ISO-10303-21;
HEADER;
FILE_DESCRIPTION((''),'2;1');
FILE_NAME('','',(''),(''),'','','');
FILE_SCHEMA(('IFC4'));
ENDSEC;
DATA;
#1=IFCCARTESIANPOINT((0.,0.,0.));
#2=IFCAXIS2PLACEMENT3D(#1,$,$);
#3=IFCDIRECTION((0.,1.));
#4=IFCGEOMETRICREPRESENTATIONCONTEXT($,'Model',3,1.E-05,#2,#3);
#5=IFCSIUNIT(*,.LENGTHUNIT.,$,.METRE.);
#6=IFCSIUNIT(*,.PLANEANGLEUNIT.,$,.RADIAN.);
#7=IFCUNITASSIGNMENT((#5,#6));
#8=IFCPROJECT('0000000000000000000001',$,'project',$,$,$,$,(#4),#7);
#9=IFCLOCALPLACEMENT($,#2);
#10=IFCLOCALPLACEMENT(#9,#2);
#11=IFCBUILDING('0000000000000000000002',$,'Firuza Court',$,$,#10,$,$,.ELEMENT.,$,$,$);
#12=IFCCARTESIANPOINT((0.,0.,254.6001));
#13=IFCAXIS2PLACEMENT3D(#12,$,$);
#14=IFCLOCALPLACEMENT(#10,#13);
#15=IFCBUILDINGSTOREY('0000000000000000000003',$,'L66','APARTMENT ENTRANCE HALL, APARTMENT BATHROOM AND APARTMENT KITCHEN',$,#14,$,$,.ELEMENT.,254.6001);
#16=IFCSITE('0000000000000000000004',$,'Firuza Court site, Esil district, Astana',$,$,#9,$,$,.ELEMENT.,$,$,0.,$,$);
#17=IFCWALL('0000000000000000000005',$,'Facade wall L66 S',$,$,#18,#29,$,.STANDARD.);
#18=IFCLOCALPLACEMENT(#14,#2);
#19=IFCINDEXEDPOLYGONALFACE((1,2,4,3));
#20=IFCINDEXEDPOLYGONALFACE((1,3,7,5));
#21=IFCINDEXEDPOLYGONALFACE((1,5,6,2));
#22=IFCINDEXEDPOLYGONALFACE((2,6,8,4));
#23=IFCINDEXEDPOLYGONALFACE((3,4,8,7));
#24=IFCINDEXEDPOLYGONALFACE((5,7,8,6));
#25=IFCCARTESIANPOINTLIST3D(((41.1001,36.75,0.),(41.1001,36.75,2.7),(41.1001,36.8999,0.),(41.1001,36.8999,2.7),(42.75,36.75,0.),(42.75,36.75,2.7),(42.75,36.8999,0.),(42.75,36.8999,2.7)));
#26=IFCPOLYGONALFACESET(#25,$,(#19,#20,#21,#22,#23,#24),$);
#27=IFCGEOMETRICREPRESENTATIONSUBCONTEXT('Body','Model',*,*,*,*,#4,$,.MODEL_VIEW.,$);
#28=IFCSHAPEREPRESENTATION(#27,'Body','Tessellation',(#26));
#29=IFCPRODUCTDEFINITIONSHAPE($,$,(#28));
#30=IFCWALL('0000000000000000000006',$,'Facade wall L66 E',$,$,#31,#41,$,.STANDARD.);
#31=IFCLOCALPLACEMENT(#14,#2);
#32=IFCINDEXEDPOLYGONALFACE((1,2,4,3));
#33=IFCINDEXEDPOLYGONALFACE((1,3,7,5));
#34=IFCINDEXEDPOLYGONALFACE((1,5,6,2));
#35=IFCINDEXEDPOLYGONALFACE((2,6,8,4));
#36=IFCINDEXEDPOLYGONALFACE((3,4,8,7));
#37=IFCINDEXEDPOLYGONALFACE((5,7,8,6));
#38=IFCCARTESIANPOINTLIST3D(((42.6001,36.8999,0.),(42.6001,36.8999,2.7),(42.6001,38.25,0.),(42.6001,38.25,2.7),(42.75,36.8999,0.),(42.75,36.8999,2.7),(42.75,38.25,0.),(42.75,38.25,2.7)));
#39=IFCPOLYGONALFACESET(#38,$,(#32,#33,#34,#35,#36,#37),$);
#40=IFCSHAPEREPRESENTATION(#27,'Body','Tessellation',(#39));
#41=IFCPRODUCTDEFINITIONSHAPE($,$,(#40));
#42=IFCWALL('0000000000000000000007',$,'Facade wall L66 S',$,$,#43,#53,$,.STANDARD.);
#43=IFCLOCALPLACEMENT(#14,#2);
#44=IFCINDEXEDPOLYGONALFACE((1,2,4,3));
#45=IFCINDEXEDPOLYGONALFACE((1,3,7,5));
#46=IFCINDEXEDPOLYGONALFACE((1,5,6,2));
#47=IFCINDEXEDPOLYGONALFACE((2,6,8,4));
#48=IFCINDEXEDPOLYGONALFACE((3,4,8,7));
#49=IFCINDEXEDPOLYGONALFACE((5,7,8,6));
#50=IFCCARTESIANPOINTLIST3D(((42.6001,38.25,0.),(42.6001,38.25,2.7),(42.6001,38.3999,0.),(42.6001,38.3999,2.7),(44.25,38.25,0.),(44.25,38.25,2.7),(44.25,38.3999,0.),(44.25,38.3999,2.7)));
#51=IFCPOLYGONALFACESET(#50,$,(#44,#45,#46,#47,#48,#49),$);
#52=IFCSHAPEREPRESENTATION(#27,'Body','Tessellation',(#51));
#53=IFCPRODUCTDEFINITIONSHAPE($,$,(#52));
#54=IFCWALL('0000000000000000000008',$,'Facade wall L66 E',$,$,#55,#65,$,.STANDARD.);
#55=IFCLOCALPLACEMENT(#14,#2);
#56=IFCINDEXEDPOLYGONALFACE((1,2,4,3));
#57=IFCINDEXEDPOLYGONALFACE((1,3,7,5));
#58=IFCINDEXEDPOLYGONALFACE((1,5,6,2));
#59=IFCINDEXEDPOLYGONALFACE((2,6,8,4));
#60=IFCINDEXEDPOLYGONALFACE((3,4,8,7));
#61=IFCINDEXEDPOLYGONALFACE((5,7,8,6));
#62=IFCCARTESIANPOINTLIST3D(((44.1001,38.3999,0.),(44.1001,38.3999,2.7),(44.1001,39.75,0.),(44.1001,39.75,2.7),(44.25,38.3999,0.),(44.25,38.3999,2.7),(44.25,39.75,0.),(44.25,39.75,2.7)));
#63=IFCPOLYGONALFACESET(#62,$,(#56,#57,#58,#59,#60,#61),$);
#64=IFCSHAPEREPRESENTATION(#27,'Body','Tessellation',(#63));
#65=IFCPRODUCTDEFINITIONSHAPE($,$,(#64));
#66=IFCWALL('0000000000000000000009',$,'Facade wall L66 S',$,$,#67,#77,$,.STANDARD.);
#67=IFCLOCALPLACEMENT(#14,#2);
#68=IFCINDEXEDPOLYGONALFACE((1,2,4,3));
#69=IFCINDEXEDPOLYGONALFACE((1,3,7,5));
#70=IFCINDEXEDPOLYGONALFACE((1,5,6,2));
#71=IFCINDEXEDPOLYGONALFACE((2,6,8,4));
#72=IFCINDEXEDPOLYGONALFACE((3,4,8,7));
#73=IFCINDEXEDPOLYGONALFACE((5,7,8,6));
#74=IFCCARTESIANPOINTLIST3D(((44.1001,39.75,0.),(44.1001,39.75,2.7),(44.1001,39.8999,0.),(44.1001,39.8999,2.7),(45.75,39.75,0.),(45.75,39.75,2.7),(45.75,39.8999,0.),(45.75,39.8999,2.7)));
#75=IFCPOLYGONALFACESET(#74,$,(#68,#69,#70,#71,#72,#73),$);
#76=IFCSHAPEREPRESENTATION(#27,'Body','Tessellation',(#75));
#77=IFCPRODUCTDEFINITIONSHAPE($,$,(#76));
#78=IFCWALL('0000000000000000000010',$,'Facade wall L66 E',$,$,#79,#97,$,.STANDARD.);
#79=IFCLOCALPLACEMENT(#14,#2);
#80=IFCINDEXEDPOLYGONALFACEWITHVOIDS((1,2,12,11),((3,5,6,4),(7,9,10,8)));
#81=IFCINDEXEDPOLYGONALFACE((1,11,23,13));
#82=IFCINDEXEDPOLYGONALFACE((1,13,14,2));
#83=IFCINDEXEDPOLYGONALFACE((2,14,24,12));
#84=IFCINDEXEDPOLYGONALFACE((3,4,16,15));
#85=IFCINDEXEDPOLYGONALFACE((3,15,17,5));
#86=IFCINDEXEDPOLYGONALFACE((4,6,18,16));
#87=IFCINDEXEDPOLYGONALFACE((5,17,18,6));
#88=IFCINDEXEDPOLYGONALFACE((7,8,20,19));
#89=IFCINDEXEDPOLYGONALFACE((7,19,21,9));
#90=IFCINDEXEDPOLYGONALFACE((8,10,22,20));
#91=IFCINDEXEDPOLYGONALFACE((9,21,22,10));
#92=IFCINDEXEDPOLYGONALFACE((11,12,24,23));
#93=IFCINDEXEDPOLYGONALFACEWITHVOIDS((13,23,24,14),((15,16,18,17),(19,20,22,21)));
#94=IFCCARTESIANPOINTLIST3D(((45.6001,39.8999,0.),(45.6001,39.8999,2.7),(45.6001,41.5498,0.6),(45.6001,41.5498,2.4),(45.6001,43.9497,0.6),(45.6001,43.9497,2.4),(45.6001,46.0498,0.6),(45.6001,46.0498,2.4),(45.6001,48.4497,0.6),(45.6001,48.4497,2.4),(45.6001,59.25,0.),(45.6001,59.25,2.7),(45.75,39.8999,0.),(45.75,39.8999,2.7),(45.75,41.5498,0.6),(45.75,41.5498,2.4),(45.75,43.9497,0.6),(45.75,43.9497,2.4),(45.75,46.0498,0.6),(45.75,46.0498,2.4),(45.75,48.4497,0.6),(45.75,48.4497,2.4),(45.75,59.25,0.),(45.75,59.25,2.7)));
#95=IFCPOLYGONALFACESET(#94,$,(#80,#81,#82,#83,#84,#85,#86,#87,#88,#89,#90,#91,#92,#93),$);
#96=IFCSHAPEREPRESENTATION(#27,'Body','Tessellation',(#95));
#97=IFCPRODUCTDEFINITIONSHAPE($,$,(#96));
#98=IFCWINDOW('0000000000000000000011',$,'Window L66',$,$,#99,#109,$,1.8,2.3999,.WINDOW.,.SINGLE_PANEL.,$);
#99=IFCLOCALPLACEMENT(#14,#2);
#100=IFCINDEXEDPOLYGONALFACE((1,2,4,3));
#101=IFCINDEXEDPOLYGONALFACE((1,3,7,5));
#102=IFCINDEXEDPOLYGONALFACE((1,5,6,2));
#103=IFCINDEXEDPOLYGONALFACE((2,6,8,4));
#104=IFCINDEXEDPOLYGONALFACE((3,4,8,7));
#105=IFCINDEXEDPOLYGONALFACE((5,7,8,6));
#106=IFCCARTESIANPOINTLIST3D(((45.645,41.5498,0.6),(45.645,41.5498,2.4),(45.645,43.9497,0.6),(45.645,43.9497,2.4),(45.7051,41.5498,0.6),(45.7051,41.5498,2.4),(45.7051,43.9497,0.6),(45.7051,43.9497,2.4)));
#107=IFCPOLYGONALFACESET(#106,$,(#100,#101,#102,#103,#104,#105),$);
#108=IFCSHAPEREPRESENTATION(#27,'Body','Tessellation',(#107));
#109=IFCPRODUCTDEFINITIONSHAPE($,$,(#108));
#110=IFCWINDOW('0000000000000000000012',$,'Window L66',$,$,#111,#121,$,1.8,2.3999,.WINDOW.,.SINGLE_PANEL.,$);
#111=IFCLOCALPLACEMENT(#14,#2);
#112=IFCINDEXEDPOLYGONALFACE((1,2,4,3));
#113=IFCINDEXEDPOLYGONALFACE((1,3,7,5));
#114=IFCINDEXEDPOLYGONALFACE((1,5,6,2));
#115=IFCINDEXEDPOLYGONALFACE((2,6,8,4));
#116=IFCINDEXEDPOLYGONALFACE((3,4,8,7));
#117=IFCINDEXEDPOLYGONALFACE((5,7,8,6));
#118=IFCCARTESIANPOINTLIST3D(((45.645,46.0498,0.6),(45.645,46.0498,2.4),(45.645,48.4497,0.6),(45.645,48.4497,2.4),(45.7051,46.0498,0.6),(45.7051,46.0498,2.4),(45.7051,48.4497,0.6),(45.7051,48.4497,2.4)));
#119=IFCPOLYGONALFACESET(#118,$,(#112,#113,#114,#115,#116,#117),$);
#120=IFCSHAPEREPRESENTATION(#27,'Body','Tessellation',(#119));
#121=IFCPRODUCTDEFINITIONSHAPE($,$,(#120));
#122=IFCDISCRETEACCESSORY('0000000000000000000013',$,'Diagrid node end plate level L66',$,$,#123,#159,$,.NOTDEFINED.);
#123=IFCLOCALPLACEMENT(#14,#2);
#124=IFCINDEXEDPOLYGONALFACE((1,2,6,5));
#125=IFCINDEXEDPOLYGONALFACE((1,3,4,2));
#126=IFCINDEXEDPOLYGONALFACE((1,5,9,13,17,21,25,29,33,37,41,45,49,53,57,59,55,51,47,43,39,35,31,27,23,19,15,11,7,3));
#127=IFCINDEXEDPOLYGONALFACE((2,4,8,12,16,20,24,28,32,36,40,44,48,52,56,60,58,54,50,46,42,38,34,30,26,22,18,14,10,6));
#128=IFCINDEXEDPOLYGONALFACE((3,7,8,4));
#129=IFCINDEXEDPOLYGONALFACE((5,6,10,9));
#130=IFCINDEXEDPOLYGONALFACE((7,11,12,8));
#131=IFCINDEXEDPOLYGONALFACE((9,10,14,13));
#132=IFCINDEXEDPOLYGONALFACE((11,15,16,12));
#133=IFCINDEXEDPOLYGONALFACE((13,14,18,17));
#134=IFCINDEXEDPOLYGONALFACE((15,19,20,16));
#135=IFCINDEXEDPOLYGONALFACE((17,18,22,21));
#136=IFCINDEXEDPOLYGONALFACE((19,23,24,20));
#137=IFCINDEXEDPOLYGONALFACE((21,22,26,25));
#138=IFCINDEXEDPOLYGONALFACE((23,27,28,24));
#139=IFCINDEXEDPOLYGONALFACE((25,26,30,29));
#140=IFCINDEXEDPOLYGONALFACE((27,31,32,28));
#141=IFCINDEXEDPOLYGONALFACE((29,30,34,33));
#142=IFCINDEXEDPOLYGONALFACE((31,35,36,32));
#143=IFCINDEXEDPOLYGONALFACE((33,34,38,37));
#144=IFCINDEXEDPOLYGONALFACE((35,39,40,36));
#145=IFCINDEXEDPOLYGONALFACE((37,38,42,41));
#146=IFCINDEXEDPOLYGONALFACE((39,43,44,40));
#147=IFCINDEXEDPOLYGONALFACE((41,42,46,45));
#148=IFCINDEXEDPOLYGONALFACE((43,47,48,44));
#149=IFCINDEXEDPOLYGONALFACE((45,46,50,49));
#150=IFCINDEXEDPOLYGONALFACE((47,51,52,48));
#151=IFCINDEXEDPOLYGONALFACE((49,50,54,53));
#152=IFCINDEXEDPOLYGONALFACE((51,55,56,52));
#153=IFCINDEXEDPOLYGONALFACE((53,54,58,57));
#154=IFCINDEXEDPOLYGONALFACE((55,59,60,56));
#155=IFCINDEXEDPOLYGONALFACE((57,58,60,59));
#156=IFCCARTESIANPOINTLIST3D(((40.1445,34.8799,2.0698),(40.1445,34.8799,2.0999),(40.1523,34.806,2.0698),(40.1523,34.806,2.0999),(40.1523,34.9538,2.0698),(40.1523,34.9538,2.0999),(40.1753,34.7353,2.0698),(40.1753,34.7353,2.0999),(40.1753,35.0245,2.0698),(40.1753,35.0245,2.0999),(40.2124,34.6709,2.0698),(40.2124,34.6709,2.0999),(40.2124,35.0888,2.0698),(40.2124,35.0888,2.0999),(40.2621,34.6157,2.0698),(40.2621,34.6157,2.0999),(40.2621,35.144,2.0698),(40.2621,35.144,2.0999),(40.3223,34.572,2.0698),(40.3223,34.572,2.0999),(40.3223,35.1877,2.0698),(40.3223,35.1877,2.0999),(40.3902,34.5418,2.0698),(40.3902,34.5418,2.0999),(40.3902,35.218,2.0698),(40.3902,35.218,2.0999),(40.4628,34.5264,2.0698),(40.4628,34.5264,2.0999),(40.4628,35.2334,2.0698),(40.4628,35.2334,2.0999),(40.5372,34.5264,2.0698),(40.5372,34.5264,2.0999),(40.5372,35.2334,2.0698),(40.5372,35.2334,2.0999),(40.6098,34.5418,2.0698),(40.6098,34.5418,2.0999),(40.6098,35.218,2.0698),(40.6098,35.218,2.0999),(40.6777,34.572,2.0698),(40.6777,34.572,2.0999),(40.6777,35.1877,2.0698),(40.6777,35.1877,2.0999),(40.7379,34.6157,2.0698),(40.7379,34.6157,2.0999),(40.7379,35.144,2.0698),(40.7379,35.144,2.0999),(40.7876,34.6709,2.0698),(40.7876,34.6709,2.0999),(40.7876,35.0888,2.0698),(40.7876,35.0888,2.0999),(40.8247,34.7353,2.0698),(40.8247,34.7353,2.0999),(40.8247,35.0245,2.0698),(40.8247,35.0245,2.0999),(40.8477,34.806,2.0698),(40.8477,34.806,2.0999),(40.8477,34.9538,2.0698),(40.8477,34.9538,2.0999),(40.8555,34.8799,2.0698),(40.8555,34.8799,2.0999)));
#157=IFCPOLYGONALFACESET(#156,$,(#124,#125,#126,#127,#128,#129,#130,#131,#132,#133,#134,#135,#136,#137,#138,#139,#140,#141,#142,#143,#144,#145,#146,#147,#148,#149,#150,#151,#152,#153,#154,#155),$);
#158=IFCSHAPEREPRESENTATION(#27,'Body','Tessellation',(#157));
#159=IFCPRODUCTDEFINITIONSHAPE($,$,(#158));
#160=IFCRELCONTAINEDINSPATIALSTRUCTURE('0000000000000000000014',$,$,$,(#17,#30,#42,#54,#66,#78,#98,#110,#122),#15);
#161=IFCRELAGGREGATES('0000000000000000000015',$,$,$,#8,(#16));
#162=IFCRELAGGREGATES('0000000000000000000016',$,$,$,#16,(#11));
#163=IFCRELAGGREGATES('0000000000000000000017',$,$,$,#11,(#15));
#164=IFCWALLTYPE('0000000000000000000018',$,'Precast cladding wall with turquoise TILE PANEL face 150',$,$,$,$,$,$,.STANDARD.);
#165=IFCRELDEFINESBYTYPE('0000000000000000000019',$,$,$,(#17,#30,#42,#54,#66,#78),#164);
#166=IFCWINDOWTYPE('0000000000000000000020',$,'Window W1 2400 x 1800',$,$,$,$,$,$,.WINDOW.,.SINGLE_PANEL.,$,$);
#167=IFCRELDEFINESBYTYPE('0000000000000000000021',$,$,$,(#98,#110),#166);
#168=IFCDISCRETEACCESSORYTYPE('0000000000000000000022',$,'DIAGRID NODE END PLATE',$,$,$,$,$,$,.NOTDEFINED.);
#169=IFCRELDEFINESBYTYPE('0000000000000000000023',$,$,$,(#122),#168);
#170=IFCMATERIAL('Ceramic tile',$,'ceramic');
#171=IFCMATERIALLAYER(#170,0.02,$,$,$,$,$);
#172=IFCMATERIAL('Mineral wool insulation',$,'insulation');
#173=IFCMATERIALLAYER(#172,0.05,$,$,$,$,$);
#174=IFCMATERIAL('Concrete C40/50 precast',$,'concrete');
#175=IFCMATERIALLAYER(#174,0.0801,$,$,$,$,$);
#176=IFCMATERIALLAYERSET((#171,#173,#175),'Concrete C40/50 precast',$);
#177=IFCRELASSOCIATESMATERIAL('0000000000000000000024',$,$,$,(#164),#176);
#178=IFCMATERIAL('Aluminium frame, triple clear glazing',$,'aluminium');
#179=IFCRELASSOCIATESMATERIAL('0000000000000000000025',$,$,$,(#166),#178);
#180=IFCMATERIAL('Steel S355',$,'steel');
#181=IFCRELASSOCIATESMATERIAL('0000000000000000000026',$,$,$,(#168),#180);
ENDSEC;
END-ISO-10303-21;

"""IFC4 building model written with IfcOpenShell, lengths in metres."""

from ifc_helpers import new_model, si_unit, direction, frame, frame_2d, origin, origin_2d, place, context, subcontext, project, spatial, rectangle, circle, extrude, material, layer, layer_set, material_profile, profile_set, type_object, element, fill, save


model = new_model("IFC4")

# Units and contexts
model_context = context("Model", 3, precision=1e-05, world=origin(), true_north=direction((0.0, 1.0)))
body_context = subcontext(model_context, "Body", "Model", "MODEL_VIEW")
ifc_project = project(units=[si_unit("LENGTHUNIT", "METRE"), si_unit("PLANEANGLEUNIT", "RADIAN")], contexts=[model_context])

# Site, building, storey
site_placement = place(None, origin())
site = spatial("IfcSite", under=ifc_project, at=site_placement, Name="Firuza Court site, Esil district, Astana", CompositionType="ELEMENT", RefElevation=0.0)
building_placement = place(site_placement, origin())
building = spatial("IfcBuilding", under=site, at=building_placement, Name="Firuza Court", CompositionType="ELEMENT")
storey_placement = place(building_placement, frame((0.0, 0.0, 254.6001)))
storey = spatial("IfcBuildingStorey", under=building, at=storey_placement, Name="L66", Description="APARTMENT ENTRANCE HALL, APARTMENT BATHROOM AND APARTMENT KITCHEN", CompositionType="ELEMENT", Elevation=254.6001)

# Walls
ifc_material_1 = material(Name="Ceramic tile", Category="ceramic")
ifc_layer_1 = layer(ifc_material_1, 0.02)
ifc_material_2 = material(Name="Mineral wool insulation", Category="insulation")
ifc_layer_2 = layer(ifc_material_2, 0.05)
ifc_material_3 = material(Name="Concrete C40/50 precast", Category="concrete")
ifc_layer_3 = layer(ifc_material_3, 0.0801)
ifc_layer_set_1 = layer_set([ifc_layer_1, ifc_layer_2, ifc_layer_3], Name="Concrete C40/50 precast")
wall_type_1 = type_object("IfcWallType", Name="Precast cladding wall with turquoise TILE PANEL face 150", PredefinedType="STANDARD", material=ifc_layer_set_1)
wall_1_placement = place(storey_placement, frame((41.1001, 36.825, 0.0), z_axis=(0.0, 0.0, 1.0), x_axis=(1.0, 0.0, 0.0)))
element("IfcWall", 1, at=wall_1_placement, inside=storey, type_object=wall_type_1, Name="Facade wall L66 S", PredefinedType="STANDARD", context=body_context, shape_type="SweptSolid", body=[
    extrude(rectangle(XDim=1.6499, YDim=0.1499, at=frame_2d((0.825, 0.0))), origin(), (0.0, 0.0, 1.0), 2.7),
])
wall_2_placement = place(storey_placement, frame((42.675, 36.8999, 0.0), z_axis=(0.0, 0.0, 1.0), x_axis=(0.0, 1.0, 0.0)))
element("IfcWall", 2, at=wall_2_placement, inside=storey, type_object=wall_type_1, Name="Facade wall L66 E", PredefinedType="STANDARD", context=body_context, shape_type="SweptSolid", body=[
    extrude(rectangle(XDim=1.3501, YDim=0.1499, at=frame_2d((0.675, 0.0))), origin(), (0.0, 0.0, 1.0), 2.7),
])
wall_3_placement = place(storey_placement, frame((42.6001, 38.325, 0.0), z_axis=(0.0, 0.0, 1.0), x_axis=(1.0, 0.0, 0.0)))
element("IfcWall", 3, at=wall_3_placement, inside=storey, type_object=wall_type_1, Name="Facade wall L66 S", PredefinedType="STANDARD", context=body_context, shape_type="SweptSolid", body=[
    extrude(rectangle(XDim=1.6499, YDim=0.1499, at=frame_2d((0.825, 0.0))), origin(), (0.0, 0.0, 1.0), 2.7),
])
wall_4_placement = place(storey_placement, frame((44.175, 38.3999, 0.0), z_axis=(0.0, 0.0, 1.0), x_axis=(0.0, 1.0, 0.0)))
element("IfcWall", 4, at=wall_4_placement, inside=storey, type_object=wall_type_1, Name="Facade wall L66 E", PredefinedType="STANDARD", context=body_context, shape_type="SweptSolid", body=[
    extrude(rectangle(XDim=1.3501, YDim=0.1499, at=frame_2d((0.675, 0.0))), origin(), (0.0, 0.0, 1.0), 2.7),
])
wall_5_placement = place(storey_placement, frame((44.1001, 39.825, 0.0), z_axis=(0.0, 0.0, 1.0), x_axis=(1.0, 0.0, 0.0)))
element("IfcWall", 5, at=wall_5_placement, inside=storey, type_object=wall_type_1, Name="Facade wall L66 S", PredefinedType="STANDARD", context=body_context, shape_type="SweptSolid", body=[
    extrude(rectangle(XDim=1.6499, YDim=0.1499, at=frame_2d((0.825, 0.0))), origin(), (0.0, 0.0, 1.0), 2.7),
])

# Wall, openings, windows
wall_6_placement = place(storey_placement, frame((45.675, 39.8999, 0.0), z_axis=(0.0, 0.0, 1.0), x_axis=(0.0, 1.0, 0.0)))
wall_6 = element("IfcWall", 6, at=wall_6_placement, inside=storey, type_object=wall_type_1, Name="Facade wall L66 E", PredefinedType="STANDARD", context=body_context, shape_type="SweptSolid", body=[
    extrude(rectangle(XDim=19.3501, YDim=0.1499, at=frame_2d((9.675, 0.0))), origin(), (0.0, 0.0, 1.0), 2.7),
])
opening_1_placement = place(wall_6_placement, frame((1.6499, 0.0, 0.6001)))
opening_1 = element("IfcOpeningElement", 7, at=opening_1_placement, cuts=wall_6, PredefinedType="OPENING", context=body_context, shape_type="SweptSolid", body=[
    extrude(rectangle(XDim=2.3999, YDim=1.8, at=frame_2d((1.2, 0.8999))), frame((0.0, 0.0869, 0.0), z_axis=(0.0, -1.0, 0.0), x_axis=(1.0, 0.0, 0.0)), (0.0, 0.0, 1.0), 0.1738),
])
opening_2_placement = place(wall_6_placement, frame((6.1499, 0.0, 0.6001)))
opening_2 = element("IfcOpeningElement", 8, at=opening_2_placement, cuts=wall_6, PredefinedType="OPENING", context=body_context, shape_type="SweptSolid", body=[
    extrude(rectangle(XDim=2.3999, YDim=1.8, at=frame_2d((1.2, 0.8999))), frame((0.0, 0.0869, 0.0), z_axis=(0.0, -1.0, 0.0), x_axis=(1.0, 0.0, 0.0)), (0.0, 0.0, 1.0), 0.1738),
])
ifc_material_4 = material(Name="Aluminium frame, triple clear glazing", Category="aluminium")
window_type = type_object("IfcWindowType", Name="Window W1 2400 x 1800", PartitioningType="SINGLE_PANEL", PredefinedType="WINDOW", material=ifc_material_4)
window_1_placement = place(opening_1_placement, origin())
window_1 = element("IfcWindow", 9, at=window_1_placement, inside=storey, type_object=window_type, Name="Window L66", OverallHeight=1.8, OverallWidth=2.3999, PartitioningType="SINGLE_PANEL", PredefinedType="WINDOW", context=body_context, shape_type="SweptSolid", body=[
    extrude(rectangle(XDim=2.3999, YDim=1.8, at=frame_2d((1.2, 0.8999))), frame((0.0, 0.03, 0.0), z_axis=(0.0, -1.0, 0.0), x_axis=(1.0, 0.0, 0.0)), (0.0, 0.0, 1.0), 0.0601),
])
fill(opening_1, window_1)
window_2_placement = place(opening_2_placement, origin())
window_2 = element("IfcWindow", 10, at=window_2_placement, inside=storey, type_object=window_type, Name="Window L66", OverallHeight=1.8, OverallWidth=2.3999, PartitioningType="SINGLE_PANEL", PredefinedType="WINDOW", context=body_context, shape_type="SweptSolid", body=[
    extrude(rectangle(XDim=2.3999, YDim=1.8, at=frame_2d((1.2, 0.8999))), frame((0.0, 0.03, 0.0), z_axis=(0.0, -1.0, 0.0), x_axis=(1.0, 0.0, 0.0)), (0.0, 0.0, 1.0), 0.0601),
])
fill(opening_2, window_2)

# Discrete accessory
ifc_material_5 = material(Name="Steel S355", Category="steel")
ifc_material_profile_1 = material_profile(ifc_material_5, circle(Radius=0.3555, at=origin_2d()), Name="PL D711")
ifc_profile_set_1 = profile_set([ifc_material_profile_1], Name="Steel S355")
discrete_accessory_type = type_object("IfcDiscreteAccessoryType", Name="DIAGRID NODE END PLATE", PredefinedType="NOTDEFINED", material=ifc_profile_set_1)
discrete_accessory_placement = place(storey_placement, frame((40.5, 34.8799, 2.0698), z_axis=(0.0, 0.0, 1.0), x_axis=(1.0, 0.0, 0.0)))
element("IfcDiscreteAccessory", 11, at=discrete_accessory_placement, inside=storey, type_object=discrete_accessory_type, Name="Diagrid node end plate level L66", PredefinedType="NOTDEFINED", context=body_context, shape_type="SweptSolid", body=[
    extrude(circle(Radius=0.3555, at=origin_2d()), origin(), (0.0, 0.0, 1.0), 0.03),
])

save(model, "model.ifc")
